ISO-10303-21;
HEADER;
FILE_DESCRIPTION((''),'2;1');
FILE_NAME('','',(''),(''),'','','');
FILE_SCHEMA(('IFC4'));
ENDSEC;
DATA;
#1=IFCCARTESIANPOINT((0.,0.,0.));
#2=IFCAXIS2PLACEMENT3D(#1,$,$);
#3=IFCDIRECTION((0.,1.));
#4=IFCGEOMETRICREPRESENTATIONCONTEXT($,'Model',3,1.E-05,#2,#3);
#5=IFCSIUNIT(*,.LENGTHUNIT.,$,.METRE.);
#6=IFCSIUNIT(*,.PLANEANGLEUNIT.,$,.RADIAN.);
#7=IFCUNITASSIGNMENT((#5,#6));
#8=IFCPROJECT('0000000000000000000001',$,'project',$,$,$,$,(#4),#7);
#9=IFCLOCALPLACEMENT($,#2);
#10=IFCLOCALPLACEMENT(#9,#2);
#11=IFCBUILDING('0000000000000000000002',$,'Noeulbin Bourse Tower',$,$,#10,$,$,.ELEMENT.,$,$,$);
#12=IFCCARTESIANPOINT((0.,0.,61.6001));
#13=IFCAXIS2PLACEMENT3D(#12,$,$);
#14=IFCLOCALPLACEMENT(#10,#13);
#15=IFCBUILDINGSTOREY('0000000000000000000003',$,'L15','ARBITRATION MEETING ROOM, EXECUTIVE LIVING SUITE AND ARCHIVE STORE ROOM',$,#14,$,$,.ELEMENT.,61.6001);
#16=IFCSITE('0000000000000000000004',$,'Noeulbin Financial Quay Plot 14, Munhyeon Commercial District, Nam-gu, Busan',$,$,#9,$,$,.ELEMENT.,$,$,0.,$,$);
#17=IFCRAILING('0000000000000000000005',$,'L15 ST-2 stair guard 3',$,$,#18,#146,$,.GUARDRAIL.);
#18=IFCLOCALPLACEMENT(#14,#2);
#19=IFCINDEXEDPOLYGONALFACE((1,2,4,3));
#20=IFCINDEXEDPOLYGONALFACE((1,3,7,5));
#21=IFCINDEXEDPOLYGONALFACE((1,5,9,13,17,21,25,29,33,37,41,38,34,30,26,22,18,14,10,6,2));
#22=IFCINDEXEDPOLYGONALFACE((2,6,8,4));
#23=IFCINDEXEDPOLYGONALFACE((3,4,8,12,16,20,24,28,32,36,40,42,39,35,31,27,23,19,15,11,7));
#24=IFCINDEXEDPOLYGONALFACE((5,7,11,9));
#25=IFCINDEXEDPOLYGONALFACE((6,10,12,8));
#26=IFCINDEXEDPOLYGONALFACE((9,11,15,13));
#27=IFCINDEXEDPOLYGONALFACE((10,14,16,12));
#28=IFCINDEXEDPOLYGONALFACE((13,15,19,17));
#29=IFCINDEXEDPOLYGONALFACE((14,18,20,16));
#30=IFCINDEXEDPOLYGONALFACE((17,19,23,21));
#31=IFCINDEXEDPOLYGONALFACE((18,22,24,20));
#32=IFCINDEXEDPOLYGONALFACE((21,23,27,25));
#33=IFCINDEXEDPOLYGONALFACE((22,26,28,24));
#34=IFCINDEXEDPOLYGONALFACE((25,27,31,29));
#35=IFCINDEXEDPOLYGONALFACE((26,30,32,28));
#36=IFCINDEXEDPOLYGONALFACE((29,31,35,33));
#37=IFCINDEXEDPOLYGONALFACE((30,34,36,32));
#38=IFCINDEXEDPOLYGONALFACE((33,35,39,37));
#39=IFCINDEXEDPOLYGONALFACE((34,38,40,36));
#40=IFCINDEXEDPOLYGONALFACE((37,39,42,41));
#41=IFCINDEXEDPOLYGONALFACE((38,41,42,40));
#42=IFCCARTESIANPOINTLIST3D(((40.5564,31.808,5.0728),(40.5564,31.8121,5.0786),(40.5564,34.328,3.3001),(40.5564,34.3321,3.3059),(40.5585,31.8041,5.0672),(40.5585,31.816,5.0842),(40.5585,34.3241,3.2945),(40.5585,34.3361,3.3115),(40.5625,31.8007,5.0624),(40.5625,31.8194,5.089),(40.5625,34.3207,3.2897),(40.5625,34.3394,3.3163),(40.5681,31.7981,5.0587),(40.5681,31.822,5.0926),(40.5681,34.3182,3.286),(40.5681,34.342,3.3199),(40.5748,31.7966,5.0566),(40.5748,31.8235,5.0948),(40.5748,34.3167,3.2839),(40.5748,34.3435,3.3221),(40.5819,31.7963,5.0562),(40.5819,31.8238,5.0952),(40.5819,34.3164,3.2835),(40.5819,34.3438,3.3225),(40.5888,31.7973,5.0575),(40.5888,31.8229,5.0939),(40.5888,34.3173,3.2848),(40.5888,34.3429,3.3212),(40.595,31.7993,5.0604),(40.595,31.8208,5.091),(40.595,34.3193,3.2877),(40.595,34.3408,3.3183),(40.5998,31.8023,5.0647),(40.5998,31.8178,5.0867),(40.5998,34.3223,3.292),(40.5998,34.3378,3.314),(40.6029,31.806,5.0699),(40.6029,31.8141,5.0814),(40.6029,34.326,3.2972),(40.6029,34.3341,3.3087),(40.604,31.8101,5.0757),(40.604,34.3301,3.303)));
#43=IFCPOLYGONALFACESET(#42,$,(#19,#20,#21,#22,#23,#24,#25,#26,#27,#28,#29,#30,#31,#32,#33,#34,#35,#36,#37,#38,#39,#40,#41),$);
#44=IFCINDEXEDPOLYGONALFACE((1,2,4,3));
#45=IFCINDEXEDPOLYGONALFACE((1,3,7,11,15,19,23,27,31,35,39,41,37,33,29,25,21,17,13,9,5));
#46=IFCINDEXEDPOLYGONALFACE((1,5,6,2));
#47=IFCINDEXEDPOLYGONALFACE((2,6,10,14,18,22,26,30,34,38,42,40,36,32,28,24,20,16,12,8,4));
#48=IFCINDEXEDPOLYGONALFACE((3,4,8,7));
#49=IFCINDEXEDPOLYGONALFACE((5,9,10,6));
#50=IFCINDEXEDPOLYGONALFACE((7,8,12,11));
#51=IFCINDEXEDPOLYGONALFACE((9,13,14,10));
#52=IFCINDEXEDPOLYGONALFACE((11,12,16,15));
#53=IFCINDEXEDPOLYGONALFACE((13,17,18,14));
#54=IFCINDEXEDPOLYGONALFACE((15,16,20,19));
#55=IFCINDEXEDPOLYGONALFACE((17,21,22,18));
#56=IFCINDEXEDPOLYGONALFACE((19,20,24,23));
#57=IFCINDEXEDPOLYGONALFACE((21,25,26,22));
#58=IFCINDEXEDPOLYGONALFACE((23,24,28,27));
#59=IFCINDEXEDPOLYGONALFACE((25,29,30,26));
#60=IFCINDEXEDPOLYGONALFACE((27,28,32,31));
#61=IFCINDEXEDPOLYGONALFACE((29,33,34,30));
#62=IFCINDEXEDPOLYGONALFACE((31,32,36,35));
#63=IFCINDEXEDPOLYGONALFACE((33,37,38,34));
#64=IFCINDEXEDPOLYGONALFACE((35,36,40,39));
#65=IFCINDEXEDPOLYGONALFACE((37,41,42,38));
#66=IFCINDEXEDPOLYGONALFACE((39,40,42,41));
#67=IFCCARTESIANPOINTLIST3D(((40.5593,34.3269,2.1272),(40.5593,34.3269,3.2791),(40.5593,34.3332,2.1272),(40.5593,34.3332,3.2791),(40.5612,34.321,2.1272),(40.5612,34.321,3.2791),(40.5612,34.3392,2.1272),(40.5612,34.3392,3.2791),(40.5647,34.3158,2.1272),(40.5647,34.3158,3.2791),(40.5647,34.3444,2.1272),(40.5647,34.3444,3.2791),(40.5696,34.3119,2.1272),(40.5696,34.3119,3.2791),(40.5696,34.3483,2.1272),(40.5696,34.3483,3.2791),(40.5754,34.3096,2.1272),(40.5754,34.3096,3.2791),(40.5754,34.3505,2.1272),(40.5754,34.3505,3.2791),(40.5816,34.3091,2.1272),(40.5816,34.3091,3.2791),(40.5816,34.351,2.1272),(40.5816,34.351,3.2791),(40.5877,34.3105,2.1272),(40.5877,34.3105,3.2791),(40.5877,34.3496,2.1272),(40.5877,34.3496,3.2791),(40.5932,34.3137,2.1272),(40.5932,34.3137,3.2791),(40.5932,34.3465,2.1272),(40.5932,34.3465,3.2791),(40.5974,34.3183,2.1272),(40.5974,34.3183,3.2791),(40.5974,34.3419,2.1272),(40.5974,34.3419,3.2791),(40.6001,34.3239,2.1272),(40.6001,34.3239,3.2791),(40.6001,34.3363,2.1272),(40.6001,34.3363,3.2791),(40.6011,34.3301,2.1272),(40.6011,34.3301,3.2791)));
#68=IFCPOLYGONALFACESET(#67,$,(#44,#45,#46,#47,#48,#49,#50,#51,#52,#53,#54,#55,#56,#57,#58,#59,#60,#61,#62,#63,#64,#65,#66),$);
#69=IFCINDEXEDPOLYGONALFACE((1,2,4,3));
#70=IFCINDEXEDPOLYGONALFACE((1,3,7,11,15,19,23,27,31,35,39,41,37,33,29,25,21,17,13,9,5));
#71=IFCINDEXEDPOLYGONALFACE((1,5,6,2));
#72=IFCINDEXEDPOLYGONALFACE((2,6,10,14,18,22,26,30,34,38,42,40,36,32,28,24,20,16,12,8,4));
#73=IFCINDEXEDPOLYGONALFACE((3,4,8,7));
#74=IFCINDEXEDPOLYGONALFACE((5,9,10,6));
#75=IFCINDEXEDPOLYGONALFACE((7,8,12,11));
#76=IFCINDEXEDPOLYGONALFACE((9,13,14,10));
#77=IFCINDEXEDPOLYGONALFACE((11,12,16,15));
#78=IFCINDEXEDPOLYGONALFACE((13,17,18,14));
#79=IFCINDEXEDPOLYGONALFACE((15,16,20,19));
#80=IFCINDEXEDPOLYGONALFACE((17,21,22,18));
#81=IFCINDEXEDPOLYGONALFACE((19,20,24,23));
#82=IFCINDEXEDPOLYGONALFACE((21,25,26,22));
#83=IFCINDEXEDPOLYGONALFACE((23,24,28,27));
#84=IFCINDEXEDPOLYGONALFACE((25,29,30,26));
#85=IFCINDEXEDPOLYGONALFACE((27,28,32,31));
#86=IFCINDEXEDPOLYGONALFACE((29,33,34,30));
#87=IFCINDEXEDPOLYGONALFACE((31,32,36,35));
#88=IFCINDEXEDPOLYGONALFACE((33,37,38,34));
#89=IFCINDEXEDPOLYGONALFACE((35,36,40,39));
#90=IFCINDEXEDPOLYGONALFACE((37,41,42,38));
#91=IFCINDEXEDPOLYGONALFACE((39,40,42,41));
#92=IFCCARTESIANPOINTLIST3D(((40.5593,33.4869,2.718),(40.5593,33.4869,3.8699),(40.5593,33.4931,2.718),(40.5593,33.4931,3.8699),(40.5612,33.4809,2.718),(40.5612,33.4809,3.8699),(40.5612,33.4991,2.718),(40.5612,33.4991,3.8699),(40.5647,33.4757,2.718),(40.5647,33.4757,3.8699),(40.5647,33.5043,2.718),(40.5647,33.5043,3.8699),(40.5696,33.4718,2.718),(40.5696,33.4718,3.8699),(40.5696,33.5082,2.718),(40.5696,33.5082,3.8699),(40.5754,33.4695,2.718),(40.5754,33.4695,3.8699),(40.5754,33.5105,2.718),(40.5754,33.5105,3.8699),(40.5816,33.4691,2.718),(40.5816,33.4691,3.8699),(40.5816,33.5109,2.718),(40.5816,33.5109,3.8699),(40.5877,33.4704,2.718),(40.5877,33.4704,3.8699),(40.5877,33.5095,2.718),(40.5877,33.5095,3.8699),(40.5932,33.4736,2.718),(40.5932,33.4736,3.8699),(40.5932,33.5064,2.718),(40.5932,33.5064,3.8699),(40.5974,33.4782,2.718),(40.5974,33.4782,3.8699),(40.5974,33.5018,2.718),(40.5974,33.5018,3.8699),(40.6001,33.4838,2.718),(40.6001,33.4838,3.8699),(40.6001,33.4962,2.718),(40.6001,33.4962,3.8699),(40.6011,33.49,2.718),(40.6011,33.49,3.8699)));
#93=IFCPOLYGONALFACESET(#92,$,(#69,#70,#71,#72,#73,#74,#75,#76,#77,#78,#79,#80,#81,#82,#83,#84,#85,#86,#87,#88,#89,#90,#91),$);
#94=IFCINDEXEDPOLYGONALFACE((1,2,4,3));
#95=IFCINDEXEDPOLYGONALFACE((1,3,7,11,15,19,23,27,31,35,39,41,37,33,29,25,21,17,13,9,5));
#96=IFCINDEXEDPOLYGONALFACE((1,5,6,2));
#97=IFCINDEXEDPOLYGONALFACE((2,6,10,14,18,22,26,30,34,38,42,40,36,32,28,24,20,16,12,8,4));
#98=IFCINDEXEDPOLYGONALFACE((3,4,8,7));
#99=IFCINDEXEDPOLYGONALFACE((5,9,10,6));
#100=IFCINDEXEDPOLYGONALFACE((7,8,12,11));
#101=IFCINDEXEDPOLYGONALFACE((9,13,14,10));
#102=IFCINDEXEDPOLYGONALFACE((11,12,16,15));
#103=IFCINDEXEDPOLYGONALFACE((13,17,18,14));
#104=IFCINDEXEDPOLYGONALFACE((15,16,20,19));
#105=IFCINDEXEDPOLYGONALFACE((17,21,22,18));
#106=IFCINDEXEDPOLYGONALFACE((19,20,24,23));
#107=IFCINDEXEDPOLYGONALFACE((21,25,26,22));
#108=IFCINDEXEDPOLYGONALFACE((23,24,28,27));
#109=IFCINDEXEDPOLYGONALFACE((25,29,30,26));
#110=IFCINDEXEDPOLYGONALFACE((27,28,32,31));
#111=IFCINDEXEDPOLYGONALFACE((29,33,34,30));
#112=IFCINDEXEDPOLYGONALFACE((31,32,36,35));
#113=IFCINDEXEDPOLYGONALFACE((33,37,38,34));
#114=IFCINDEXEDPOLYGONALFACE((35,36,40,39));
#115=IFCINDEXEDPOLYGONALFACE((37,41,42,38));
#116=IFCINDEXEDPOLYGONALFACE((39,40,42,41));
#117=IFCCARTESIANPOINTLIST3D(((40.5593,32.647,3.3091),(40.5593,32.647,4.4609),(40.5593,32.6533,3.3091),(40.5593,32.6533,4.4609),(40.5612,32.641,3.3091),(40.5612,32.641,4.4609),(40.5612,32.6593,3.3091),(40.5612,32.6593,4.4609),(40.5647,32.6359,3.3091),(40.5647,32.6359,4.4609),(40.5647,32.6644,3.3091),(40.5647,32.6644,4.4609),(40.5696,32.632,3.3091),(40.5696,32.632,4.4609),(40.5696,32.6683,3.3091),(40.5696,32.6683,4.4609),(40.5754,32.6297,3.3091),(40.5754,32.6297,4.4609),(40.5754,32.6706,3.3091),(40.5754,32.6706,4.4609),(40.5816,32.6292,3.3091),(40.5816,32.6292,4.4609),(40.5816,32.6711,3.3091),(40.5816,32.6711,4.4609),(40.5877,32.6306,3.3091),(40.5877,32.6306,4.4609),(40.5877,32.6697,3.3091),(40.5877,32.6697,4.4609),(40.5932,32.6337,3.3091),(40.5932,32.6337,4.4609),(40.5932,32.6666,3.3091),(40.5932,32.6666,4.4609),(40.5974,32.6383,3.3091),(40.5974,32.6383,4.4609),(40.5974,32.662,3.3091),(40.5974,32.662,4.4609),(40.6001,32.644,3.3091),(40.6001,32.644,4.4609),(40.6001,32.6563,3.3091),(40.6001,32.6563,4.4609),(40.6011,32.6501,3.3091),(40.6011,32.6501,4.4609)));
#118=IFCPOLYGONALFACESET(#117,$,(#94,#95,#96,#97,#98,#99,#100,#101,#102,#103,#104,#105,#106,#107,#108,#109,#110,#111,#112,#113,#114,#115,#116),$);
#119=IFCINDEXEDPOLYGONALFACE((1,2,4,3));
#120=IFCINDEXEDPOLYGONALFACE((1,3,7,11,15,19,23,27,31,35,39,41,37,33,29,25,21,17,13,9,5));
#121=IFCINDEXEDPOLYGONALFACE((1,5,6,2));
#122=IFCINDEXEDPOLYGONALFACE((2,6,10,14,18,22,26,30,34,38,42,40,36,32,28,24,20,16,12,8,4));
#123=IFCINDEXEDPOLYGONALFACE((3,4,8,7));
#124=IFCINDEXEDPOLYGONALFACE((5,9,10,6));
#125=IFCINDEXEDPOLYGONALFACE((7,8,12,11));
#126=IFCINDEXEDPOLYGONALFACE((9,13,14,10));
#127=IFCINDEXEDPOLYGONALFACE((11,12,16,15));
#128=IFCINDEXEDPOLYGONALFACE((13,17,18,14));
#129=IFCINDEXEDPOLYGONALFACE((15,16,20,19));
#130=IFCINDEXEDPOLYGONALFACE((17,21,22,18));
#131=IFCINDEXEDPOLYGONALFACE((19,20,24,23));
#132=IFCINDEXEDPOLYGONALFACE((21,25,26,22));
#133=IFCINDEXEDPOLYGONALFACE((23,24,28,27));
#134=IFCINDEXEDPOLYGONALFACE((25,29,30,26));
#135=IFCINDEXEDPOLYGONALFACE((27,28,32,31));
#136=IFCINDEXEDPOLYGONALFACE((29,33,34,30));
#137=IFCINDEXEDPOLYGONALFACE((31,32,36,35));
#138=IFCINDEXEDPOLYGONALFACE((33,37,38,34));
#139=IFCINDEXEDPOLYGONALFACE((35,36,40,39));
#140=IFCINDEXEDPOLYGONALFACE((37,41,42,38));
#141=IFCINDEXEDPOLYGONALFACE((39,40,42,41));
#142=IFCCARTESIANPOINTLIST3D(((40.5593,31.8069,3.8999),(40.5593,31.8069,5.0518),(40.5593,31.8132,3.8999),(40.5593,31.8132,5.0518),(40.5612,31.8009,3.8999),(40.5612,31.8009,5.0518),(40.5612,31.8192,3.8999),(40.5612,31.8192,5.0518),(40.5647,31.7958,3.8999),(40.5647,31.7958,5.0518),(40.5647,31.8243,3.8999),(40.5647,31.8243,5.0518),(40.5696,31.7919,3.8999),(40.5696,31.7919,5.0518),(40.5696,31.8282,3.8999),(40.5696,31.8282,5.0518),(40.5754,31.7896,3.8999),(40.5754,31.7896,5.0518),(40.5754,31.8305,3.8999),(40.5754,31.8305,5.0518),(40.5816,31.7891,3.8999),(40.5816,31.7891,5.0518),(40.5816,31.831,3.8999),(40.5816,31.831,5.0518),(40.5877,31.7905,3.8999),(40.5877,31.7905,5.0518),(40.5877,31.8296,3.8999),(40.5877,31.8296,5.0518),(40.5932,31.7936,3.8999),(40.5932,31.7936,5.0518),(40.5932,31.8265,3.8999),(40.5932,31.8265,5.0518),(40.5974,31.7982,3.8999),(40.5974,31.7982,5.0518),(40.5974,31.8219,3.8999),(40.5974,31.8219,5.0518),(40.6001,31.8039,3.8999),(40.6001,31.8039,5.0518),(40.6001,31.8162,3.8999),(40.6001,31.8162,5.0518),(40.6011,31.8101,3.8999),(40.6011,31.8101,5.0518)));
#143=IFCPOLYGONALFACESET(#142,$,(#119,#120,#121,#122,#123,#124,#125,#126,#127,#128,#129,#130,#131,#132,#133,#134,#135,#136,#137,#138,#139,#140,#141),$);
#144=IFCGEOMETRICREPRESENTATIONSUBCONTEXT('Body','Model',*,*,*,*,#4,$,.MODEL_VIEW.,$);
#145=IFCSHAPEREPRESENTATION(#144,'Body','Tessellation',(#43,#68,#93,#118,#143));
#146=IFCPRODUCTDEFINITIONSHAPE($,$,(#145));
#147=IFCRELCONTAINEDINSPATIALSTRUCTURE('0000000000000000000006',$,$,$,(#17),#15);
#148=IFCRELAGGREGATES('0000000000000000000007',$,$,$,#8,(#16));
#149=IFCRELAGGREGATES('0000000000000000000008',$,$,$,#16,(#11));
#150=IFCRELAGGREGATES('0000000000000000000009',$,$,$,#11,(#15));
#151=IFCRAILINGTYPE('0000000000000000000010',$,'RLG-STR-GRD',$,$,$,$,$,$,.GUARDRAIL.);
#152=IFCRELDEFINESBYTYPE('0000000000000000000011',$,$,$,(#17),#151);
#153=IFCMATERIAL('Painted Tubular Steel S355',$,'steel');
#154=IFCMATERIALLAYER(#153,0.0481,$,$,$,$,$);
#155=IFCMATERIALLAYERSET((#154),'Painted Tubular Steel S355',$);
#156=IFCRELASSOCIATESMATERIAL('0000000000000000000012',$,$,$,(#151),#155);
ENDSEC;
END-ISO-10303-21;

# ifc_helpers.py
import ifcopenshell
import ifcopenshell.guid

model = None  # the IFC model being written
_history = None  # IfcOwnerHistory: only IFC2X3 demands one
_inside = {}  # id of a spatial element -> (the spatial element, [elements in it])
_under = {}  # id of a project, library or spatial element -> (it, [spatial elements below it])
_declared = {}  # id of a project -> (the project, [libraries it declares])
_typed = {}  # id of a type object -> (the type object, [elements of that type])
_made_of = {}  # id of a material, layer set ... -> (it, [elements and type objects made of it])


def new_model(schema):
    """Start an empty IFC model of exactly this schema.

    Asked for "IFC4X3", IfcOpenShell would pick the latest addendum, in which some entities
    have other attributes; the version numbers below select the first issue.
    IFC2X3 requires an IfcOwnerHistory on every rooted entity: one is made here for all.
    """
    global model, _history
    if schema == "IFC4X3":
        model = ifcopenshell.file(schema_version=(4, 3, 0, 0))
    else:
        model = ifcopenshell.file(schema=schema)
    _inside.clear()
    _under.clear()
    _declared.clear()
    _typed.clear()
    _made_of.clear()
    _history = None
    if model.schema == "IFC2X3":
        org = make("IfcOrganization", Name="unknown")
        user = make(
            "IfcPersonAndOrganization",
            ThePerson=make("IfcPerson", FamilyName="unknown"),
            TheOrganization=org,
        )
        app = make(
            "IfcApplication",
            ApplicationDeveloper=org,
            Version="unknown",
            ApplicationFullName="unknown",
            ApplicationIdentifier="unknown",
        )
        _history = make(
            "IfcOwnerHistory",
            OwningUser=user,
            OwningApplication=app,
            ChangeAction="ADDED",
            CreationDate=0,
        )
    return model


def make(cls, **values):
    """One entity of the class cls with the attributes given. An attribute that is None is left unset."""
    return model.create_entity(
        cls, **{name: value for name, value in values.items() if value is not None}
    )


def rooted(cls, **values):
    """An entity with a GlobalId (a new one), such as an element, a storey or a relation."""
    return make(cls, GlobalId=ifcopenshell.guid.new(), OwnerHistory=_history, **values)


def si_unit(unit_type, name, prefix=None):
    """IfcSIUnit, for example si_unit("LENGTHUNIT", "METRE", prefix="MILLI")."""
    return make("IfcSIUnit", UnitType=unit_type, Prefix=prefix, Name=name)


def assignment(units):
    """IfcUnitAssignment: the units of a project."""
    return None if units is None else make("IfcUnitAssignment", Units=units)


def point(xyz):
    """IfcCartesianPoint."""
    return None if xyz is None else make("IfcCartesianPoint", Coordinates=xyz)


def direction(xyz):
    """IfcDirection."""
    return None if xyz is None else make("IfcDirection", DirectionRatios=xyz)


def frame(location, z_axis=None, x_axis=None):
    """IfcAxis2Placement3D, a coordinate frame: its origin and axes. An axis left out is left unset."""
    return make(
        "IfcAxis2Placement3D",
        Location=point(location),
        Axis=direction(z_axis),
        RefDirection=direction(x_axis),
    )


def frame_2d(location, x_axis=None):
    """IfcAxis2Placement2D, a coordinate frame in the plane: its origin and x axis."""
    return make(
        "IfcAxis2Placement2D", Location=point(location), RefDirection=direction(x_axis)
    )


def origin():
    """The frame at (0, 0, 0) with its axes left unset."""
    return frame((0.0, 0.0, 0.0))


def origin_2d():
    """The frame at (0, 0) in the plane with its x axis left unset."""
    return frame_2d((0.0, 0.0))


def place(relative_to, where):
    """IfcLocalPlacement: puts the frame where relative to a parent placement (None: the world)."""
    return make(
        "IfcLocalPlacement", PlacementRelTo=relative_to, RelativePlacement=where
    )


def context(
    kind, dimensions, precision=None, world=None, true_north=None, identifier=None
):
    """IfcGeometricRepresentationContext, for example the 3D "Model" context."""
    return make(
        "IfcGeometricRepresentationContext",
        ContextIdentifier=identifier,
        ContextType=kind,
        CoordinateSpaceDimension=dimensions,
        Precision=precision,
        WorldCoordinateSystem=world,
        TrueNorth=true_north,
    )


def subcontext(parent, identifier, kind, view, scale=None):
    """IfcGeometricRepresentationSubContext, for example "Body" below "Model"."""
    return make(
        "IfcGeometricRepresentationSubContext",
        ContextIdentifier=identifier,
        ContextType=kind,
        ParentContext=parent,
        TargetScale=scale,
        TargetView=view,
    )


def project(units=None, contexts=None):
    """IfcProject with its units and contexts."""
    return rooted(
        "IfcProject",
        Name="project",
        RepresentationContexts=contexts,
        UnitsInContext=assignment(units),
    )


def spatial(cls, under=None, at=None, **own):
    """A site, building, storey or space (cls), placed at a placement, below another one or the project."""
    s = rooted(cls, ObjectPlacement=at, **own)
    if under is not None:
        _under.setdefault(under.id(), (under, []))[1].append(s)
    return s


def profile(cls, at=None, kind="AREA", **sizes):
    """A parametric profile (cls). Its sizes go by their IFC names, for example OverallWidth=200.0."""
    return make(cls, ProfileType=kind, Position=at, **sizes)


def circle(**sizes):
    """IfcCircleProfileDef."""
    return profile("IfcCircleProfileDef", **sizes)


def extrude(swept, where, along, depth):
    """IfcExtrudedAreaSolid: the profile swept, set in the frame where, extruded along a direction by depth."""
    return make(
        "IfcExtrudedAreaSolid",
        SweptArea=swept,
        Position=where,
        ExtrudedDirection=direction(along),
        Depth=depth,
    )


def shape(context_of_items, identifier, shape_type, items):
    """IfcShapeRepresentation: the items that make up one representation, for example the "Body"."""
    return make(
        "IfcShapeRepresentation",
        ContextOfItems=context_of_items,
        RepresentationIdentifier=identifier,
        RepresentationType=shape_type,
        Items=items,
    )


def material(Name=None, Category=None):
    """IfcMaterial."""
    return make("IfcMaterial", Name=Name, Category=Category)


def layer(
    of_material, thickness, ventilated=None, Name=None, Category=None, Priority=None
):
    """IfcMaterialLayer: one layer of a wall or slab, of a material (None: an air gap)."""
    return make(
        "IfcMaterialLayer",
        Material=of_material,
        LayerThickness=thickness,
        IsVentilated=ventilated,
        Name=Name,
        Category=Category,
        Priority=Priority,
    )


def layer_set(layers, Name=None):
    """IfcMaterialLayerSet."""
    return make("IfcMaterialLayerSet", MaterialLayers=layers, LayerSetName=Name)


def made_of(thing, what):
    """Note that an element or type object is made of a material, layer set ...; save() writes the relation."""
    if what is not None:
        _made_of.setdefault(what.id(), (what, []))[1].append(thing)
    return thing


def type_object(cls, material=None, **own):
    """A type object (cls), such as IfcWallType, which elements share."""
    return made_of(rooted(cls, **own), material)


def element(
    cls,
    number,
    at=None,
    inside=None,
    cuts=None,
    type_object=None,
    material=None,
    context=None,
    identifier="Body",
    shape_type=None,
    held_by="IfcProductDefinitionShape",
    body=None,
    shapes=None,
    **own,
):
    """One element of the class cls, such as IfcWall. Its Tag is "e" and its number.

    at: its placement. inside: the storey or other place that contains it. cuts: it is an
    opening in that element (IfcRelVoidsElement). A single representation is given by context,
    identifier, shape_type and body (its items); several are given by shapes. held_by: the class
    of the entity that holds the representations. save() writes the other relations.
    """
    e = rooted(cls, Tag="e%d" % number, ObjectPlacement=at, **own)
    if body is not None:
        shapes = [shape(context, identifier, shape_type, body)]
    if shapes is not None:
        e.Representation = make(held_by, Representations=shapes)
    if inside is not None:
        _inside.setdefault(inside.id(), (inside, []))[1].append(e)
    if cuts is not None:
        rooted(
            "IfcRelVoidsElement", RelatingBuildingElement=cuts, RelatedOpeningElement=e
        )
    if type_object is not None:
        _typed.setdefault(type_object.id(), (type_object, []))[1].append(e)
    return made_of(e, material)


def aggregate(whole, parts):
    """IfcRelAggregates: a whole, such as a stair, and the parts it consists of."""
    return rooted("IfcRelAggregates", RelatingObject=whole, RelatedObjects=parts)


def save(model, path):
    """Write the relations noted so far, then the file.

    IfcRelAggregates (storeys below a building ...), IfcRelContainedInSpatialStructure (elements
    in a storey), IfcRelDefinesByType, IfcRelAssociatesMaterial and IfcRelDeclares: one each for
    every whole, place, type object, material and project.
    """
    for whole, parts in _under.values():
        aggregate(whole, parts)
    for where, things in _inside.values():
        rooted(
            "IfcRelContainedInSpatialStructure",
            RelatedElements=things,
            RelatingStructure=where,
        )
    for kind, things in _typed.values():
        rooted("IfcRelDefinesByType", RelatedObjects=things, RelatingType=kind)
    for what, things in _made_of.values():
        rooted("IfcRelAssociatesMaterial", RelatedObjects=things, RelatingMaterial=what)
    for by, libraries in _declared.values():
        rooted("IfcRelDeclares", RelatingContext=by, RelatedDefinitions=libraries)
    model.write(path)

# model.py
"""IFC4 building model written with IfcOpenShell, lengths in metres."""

from ifc_helpers import new_model, si_unit, direction, frame, origin, origin_2d, place, context, subcontext, project, spatial, circle, extrude, material, layer, layer_set, type_object, element, save


model = new_model("IFC4")

# Units and contexts
model_context = context("Model", 3, precision=1e-05, world=origin(), true_north=direction((0.0, 1.0)))
body_context = subcontext(model_context, "Body", "Model", "MODEL_VIEW")
ifc_project = project(units=[si_unit("LENGTHUNIT", "METRE"), si_unit("PLANEANGLEUNIT", "RADIAN")], contexts=[model_context])

# Site, building, storey
site_placement = place(None, origin())
site = spatial("IfcSite", under=ifc_project, at=site_placement, Name="Noeulbin Financial Quay Plot 14, Munhyeon Commercial District, Nam-gu, Busan", CompositionType="ELEMENT", RefElevation=0.0)
building_placement = place(site_placement, origin())
building = spatial("IfcBuilding", under=site, at=building_placement, Name="Noeulbin Bourse Tower", CompositionType="ELEMENT")
storey_placement = place(building_placement, frame((0.0, 0.0, 61.6001)))
storey = spatial("IfcBuildingStorey", under=building, at=storey_placement, Name="L15", Description="ARBITRATION MEETING ROOM, EXECUTIVE LIVING SUITE AND ARCHIVE STORE ROOM", CompositionType="ELEMENT", Elevation=61.6001)

# Railing
ifc_material_1 = material(Name="Painted Tubular Steel S355", Category="steel")
ifc_layer_1 = layer(ifc_material_1, 0.0481)
ifc_layer_set_1 = layer_set([ifc_layer_1], Name="Painted Tubular Steel S355")
railing_type_1 = type_object("IfcRailingType", Name="RLG-STR-GRD", PredefinedType="GUARDRAIL", material=ifc_layer_set_1)
railing_1_placement = place(storey_placement, frame((40.5801, 34.3301, 2.1272)))
element("IfcRailing", 1, at=railing_1_placement, inside=storey, type_object=railing_type_1, Name="L15 ST-2 stair guard 3", PredefinedType="GUARDRAIL", context=body_context, shape_type="SweptSolid", body=[
    extrude(circle(Radius=0.0239, at=origin_2d()), frame((0.0, 0.0, 1.1758), z_axis=(0.0, -0.817904, 0.575354), x_axis=(1.0, 0.0, 0.0)), (0.0, 0.0, 1.0), 3.0811),
    extrude(circle(Radius=0.021, at=origin_2d()), origin(), (0.0, 0.0, 1.0), 1.1519),
    extrude(circle(Radius=0.021, at=origin_2d()), frame((0.0, -0.8401, 0.5908)), (0.0, 0.0, 1.0), 1.1519),
    extrude(circle(Radius=0.021, at=origin_2d()), frame((0.0, -1.6799, 1.1819)), (0.0, 0.0, 1.0), 1.1519),
    extrude(circle(Radius=0.021, at=origin_2d()), frame((0.0, -2.52, 1.7727)), (0.0, 0.0, 1.0), 1.1519),
])

save(model, "model.ifc")
